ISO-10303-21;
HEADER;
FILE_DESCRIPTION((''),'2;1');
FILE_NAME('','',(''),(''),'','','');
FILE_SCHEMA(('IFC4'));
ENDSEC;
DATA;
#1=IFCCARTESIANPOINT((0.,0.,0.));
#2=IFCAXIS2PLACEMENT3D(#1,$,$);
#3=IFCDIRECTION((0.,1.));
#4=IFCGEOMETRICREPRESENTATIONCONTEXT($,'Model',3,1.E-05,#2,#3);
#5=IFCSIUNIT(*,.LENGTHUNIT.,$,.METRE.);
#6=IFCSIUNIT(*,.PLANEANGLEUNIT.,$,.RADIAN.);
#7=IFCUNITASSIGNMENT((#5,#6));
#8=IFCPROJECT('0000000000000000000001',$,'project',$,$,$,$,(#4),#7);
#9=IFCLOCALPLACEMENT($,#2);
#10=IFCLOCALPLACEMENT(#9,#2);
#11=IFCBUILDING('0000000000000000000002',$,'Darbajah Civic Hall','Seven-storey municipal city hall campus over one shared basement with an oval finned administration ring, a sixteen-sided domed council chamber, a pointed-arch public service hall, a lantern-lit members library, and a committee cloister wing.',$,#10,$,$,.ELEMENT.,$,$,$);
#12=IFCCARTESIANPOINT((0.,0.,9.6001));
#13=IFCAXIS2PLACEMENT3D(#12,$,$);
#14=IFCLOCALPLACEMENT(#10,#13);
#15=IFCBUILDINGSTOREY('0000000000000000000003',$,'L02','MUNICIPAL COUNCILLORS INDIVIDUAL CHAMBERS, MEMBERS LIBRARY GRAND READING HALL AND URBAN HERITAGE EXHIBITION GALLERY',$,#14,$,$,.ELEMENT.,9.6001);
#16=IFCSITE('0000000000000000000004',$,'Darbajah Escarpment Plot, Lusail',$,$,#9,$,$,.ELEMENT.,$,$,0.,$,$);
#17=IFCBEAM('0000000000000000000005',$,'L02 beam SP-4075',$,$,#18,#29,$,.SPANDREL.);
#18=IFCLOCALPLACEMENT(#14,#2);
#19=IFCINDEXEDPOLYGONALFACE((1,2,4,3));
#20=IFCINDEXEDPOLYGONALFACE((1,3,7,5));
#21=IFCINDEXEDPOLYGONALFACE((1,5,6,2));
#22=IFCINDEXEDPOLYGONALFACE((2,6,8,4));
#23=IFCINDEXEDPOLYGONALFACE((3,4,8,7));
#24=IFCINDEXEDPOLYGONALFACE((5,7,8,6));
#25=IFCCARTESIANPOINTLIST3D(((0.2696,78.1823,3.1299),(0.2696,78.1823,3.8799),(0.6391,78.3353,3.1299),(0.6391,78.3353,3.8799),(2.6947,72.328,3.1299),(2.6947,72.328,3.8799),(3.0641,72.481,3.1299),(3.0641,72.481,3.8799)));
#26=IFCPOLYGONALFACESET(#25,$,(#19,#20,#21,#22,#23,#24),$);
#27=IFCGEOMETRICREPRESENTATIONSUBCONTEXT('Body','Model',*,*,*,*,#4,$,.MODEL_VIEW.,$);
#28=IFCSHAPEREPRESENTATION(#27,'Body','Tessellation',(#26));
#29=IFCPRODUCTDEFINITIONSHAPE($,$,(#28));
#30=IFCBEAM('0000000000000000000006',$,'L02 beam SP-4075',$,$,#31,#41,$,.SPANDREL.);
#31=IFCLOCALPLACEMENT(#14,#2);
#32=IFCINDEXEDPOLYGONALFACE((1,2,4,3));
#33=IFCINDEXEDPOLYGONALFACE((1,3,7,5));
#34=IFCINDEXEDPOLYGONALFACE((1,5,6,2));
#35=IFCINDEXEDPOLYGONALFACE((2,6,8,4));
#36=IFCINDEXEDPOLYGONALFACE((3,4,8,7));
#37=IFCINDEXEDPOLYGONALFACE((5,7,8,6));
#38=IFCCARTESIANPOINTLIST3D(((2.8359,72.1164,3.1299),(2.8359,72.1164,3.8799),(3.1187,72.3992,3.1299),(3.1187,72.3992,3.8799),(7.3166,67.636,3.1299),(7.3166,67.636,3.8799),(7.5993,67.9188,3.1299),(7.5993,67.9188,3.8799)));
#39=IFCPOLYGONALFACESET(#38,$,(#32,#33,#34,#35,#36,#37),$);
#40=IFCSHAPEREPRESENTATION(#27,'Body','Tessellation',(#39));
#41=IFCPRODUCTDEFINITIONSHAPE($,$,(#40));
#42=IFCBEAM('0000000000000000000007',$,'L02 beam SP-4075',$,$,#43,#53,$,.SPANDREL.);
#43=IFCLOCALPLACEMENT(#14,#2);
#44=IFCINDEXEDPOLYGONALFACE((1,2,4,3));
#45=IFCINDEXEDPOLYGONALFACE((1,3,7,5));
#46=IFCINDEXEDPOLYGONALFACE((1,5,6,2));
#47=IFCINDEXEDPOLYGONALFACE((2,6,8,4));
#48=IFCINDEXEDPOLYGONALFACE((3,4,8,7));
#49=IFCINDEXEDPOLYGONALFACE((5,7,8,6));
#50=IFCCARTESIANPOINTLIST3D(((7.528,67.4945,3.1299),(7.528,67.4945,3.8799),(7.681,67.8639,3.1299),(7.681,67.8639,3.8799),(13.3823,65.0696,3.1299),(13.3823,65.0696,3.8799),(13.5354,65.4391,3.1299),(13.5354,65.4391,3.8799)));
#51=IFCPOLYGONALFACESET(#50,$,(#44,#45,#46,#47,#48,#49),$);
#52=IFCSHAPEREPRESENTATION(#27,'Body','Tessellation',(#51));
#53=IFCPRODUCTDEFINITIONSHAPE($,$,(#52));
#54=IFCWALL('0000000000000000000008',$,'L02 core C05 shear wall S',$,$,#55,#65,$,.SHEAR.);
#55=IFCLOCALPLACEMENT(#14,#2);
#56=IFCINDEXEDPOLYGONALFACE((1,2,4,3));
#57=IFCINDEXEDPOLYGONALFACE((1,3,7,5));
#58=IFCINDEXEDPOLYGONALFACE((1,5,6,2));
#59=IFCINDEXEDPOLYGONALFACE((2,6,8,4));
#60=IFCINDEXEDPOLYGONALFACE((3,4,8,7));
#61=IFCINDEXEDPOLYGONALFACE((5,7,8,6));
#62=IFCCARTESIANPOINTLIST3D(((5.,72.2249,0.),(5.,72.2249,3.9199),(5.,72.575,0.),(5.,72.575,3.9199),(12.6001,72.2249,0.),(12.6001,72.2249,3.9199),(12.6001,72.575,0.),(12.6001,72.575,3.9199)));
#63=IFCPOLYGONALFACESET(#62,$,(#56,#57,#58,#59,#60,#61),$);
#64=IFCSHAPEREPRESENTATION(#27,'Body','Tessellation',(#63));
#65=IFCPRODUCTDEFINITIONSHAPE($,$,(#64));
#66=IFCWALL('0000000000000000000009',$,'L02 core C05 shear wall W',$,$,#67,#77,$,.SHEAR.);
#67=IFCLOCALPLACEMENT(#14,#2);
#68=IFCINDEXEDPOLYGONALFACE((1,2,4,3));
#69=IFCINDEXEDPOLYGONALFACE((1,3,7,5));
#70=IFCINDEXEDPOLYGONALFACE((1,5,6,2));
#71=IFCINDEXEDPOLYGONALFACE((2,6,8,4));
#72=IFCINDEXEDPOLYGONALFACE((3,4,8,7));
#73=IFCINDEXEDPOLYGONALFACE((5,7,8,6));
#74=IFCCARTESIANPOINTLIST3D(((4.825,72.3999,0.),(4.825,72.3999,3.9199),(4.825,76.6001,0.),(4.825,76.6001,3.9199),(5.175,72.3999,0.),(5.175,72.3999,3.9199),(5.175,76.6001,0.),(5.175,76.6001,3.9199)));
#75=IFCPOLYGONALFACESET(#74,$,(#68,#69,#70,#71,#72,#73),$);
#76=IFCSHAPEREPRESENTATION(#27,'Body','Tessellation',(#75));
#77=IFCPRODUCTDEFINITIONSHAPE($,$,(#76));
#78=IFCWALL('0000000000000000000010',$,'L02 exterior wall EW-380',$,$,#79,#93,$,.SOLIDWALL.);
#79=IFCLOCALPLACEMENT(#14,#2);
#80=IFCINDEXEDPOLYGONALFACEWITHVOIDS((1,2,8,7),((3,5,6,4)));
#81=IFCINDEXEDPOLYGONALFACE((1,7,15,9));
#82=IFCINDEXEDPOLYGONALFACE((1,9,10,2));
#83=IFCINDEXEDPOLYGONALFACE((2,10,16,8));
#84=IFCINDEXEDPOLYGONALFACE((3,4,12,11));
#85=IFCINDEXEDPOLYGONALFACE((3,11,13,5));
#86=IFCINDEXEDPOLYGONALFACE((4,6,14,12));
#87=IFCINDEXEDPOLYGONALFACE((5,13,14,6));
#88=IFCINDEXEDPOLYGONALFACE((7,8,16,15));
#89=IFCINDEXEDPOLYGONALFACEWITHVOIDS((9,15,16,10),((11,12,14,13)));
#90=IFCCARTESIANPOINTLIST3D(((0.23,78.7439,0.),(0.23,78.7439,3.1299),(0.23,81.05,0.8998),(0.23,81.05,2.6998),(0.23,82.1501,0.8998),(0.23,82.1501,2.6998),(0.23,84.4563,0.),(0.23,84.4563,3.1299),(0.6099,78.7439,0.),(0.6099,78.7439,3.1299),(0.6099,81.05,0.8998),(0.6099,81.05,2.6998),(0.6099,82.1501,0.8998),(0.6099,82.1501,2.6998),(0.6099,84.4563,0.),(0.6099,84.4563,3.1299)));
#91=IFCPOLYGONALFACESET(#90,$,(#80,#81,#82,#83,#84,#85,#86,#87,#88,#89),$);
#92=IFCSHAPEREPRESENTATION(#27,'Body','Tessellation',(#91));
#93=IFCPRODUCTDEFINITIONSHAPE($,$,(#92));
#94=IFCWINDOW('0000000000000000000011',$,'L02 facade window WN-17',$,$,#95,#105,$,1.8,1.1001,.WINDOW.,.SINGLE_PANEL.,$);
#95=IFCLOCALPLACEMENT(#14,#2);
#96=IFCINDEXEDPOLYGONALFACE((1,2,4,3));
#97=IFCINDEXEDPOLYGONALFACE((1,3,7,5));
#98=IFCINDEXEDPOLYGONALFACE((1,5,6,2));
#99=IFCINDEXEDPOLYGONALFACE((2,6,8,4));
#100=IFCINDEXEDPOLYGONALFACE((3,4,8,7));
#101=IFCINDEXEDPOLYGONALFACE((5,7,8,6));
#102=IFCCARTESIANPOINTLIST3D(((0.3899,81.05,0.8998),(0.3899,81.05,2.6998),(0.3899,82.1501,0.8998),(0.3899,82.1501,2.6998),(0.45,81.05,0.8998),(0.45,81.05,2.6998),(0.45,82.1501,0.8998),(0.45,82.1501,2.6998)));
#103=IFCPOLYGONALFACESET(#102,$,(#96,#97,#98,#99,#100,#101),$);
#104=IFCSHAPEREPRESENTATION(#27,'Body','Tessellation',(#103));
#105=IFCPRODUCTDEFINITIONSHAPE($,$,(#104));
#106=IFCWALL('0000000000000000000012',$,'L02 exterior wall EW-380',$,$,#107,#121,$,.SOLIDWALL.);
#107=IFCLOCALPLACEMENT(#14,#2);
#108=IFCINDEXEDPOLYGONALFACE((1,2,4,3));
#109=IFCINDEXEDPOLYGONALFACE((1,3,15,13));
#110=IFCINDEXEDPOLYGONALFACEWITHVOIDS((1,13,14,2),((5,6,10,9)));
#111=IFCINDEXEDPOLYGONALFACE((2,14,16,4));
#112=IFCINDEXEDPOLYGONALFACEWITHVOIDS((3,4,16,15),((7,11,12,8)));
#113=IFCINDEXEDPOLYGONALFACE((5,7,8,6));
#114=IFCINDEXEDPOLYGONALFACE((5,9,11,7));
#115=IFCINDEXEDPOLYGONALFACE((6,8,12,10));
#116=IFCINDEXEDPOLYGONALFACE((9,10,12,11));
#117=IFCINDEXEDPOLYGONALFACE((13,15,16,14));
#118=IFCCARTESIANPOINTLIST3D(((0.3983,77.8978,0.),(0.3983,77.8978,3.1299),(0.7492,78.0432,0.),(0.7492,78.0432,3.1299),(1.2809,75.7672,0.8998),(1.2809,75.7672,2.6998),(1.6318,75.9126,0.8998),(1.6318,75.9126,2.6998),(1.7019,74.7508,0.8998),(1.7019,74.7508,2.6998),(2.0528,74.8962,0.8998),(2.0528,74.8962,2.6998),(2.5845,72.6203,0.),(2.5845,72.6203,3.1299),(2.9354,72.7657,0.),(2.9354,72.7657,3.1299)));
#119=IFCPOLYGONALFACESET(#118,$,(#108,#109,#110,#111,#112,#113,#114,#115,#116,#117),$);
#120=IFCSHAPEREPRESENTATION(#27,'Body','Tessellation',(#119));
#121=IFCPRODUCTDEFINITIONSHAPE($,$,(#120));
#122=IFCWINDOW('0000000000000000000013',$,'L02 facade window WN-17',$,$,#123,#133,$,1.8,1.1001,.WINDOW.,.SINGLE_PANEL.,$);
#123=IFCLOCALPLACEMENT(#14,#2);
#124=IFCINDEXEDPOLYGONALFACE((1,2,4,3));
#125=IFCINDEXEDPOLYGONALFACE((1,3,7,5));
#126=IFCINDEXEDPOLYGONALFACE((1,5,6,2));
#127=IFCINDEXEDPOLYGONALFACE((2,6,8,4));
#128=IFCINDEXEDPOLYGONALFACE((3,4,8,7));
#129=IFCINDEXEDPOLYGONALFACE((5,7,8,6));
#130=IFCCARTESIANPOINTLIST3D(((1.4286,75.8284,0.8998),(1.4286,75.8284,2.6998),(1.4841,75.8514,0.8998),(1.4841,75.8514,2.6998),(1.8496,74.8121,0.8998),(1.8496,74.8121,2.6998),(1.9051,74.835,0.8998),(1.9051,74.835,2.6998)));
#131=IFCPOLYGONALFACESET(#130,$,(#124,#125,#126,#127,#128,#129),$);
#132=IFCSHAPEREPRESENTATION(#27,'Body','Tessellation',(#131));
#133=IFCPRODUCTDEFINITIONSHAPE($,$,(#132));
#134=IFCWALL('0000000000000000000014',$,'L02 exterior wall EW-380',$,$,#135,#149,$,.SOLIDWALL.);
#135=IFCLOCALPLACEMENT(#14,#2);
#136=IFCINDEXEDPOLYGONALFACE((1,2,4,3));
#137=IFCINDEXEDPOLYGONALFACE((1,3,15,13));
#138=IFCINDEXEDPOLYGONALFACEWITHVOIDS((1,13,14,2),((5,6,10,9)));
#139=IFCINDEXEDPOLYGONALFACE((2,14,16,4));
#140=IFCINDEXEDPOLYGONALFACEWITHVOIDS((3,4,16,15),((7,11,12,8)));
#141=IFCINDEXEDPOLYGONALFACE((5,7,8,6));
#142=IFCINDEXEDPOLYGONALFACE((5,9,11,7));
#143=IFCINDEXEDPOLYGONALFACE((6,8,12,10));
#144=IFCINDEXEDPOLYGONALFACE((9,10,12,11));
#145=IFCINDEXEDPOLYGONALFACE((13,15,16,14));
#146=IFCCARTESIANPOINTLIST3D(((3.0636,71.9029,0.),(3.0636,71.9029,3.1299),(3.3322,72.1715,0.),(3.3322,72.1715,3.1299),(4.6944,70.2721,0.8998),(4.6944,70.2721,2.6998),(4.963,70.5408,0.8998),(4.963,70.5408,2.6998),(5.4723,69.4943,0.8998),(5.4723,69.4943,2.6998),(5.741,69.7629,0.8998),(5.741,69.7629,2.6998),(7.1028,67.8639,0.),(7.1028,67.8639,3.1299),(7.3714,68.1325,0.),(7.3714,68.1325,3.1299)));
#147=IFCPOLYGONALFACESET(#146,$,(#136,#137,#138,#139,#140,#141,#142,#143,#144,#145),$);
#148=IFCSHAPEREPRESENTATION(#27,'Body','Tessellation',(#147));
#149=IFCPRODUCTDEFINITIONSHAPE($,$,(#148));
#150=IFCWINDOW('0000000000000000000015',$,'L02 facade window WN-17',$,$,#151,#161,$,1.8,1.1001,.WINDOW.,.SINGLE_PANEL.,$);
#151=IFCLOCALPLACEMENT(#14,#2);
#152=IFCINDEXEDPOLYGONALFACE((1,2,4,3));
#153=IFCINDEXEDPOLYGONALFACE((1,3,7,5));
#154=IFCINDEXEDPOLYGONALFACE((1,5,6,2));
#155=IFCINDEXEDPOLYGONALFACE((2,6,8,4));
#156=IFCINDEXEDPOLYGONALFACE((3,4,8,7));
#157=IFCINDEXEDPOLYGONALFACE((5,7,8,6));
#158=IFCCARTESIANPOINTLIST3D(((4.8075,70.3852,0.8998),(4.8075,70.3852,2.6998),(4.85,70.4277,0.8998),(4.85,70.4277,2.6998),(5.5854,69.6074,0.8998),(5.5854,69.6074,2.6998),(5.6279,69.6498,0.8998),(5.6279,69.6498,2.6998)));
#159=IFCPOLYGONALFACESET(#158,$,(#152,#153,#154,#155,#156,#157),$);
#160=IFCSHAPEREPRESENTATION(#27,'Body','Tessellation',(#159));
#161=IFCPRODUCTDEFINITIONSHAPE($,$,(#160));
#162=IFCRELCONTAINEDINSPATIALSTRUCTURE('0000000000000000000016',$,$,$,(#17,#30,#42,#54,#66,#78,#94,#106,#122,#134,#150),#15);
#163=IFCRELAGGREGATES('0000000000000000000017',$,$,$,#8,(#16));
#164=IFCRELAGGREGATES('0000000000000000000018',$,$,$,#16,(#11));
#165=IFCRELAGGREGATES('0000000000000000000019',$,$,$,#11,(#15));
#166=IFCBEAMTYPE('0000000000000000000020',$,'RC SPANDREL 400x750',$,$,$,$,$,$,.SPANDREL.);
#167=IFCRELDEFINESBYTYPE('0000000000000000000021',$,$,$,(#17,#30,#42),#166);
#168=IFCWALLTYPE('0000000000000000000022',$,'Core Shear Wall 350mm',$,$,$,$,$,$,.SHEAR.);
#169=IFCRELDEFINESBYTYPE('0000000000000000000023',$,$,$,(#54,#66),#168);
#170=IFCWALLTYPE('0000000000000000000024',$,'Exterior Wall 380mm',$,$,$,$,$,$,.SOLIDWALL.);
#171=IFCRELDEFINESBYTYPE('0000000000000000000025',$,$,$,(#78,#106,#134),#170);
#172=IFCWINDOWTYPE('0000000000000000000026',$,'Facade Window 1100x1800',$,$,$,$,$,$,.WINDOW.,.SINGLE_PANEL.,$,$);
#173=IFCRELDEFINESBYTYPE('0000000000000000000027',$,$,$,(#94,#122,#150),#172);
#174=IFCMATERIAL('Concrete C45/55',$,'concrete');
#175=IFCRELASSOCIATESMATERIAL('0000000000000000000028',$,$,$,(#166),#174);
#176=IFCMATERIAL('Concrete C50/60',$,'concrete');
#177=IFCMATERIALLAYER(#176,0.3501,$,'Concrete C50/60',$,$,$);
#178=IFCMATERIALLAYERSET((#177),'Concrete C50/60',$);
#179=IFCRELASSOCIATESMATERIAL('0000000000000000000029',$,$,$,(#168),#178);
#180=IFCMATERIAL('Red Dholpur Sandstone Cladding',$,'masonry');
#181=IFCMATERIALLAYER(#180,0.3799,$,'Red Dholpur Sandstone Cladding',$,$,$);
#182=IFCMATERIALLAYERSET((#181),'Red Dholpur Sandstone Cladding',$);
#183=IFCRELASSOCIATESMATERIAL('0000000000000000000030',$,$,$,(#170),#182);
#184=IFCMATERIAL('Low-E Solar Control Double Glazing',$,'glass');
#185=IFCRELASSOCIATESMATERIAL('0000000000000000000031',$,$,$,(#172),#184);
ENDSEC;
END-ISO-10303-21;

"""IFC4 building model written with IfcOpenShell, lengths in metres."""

from ifc_helpers import new_model, si_unit, direction, frame, frame_2d, origin, origin_2d, place, context, subcontext, project, spatial, rectangle, extrude, material, layer, layer_set, material_profile, profile_set, type_object, element, fill, save


model = new_model("IFC4")

# Units and contexts
model_context = context("Model", 3, precision=1e-05, world=origin(), true_north=direction((0.0, 1.0)))
body_context = subcontext(model_context, "Body", "Model", "MODEL_VIEW")
ifc_project = project(units=[si_unit("LENGTHUNIT", "METRE"), si_unit("PLANEANGLEUNIT", "RADIAN")], contexts=[model_context])

# Site, building, storey
site_placement = place(None, origin())
site = spatial("IfcSite", under=ifc_project, at=site_placement, Name="Darbajah Escarpment Plot, Lusail", CompositionType="ELEMENT", RefElevation=0.0)
building_placement = place(site_placement, origin())
building = spatial("IfcBuilding", under=site, at=building_placement, Name="Darbajah Civic Hall", Description="Seven-storey municipal city hall campus over one shared basement with an oval finned administration ring, a sixteen-sided domed council chamber, a pointed-arch public service hall, a lantern-lit members library, and a committee cloister wing.", CompositionType="ELEMENT")
storey_placement = place(building_placement, frame((0.0, 0.0, 9.6001)))
storey = spatial("IfcBuildingStorey", under=building, at=storey_placement, Name="L02", Description="MUNICIPAL COUNCILLORS INDIVIDUAL CHAMBERS, MEMBERS LIBRARY GRAND READING HALL AND URBAN HERITAGE EXHIBITION GALLERY", CompositionType="ELEMENT", Elevation=9.6001)

# Shared definitions
ifc_material_1 = material(Name="Concrete C45/55", Category="concrete")
ifc_material_2 = material(Name="Concrete C50/60", Category="concrete")

# Beams
ifc_material_profile_1 = material_profile(ifc_material_1, rectangle(XDim=0.3999, YDim=0.75, at=origin_2d()), Name="RC SPANDREL 400x750")
ifc_profile_set_1 = profile_set([ifc_material_profile_1], Name="Concrete C45/55")
beam_type_1 = type_object("IfcBeamType", Name="RC SPANDREL 400x750", PredefinedType="SPANDREL", material=ifc_profile_set_1)
beam_1_placement = place(storey_placement, frame((0.4543, 78.2588, 3.5049), z_axis=(0.382702, -0.923872, 0.0), x_axis=(0.923872, 0.382702, 0.0)))
element("IfcBeam", 1, at=beam_1_placement, inside=storey, type_object=beam_type_1, Name="L02 beam SP-4075", PredefinedType="SPANDREL", context=body_context, shape_type="SweptSolid", body=[
    extrude(rectangle(XDim=0.3999, YDim=0.75, at=origin_2d()), origin(), (0.0, 0.0, 1.0), 6.3367),
])
beam_2_placement = place(storey_placement, frame((2.9773, 72.2578, 3.5049), z_axis=(0.707126, -0.707088, 0.0), x_axis=(0.707088, 0.707126, 0.0)))
element("IfcBeam", 2, at=beam_2_placement, inside=storey, type_object=beam_type_1, Name="L02 beam SP-4075", PredefinedType="SPANDREL", context=body_context, shape_type="SweptSolid", body=[
    extrude(rectangle(XDim=0.3999, YDim=0.75, at=origin_2d()), origin(), (0.0, 0.0, 1.0), 6.3364),
])
beam_3_placement = place(storey_placement, frame((7.6045, 67.6792, 3.5049), z_axis=(0.923885, -0.382669, 0.0), x_axis=(0.382669, 0.923885, 0.0)))
element("IfcBeam", 3, at=beam_3_placement, inside=storey, type_object=beam_type_1, Name="L02 beam SP-4075", PredefinedType="SPANDREL", context=body_context, shape_type="SweptSolid", body=[
    extrude(rectangle(XDim=0.3999, YDim=0.75, at=origin_2d()), origin(), (0.0, 0.0, 1.0), 6.3367),
])

# Walls
ifc_layer_1 = layer(ifc_material_2, 0.3501, Name="Concrete C50/60")
ifc_layer_set_1 = layer_set([ifc_layer_1], Name="Concrete C50/60")
wall_type_1 = type_object("IfcWallType", Name="Core Shear Wall 350mm", PredefinedType="SHEAR", material=ifc_layer_set_1)
wall_1_placement = place(storey_placement, frame((5.0, 72.3999, 0.0), z_axis=(0.0, 0.0, 1.0), x_axis=(1.0, 0.0, 0.0)))
element("IfcWall", 4, at=wall_1_placement, inside=storey, type_object=wall_type_1, Name="L02 core C05 shear wall S", PredefinedType="SHEAR", context=body_context, shape_type="SweptSolid", body=[
    extrude(rectangle(XDim=7.6001, YDim=0.3501, at=frame_2d((3.8, 0.0))), origin(), (0.0, 0.0, 1.0), 3.9199),
])
wall_2_placement = place(storey_placement, frame((5.0, 76.6001, 0.0), z_axis=(0.0, 0.0, 1.0), x_axis=(0.0, -1.0, 0.0)))
element("IfcWall", 5, at=wall_2_placement, inside=storey, type_object=wall_type_1, Name="L02 core C05 shear wall W", PredefinedType="SHEAR", context=body_context, shape_type="SweptSolid", body=[
    extrude(rectangle(XDim=4.2002, YDim=0.3501, at=frame_2d((2.1001, 0.0))), origin(), (0.0, 0.0, 1.0), 3.9199),
])

# Walls, openings, windows
ifc_material_3 = material(Name="Red Dholpur Sandstone Cladding", Category="masonry")
ifc_layer_2 = layer(ifc_material_3, 0.3799, Name="Red Dholpur Sandstone Cladding")
ifc_layer_set_2 = layer_set([ifc_layer_2], Name="Red Dholpur Sandstone Cladding")
wall_type_2 = type_object("IfcWallType", Name="Exterior Wall 380mm", PredefinedType="SOLIDWALL", material=ifc_layer_set_2)
wall_3_placement = place(storey_placement, frame((0.4199, 84.4563, 0.0), z_axis=(0.0, 0.0, 1.0), x_axis=(0.0, -1.0, 0.0)))
wall_3 = element("IfcWall", 6, at=wall_3_placement, inside=storey, type_object=wall_type_2, Name="L02 exterior wall EW-380", PredefinedType="SOLIDWALL", context=body_context, shape_type="SweptSolid", body=[
    extrude(rectangle(XDim=5.7124, YDim=0.3799, at=frame_2d((2.8562, 0.0))), origin(), (0.0, 0.0, 1.0), 3.1299),
])
opening_1_placement = place(wall_3_placement, frame((2.3062, 0.0, 0.8999)))
opening_1 = element("IfcOpeningElement", 7, at=opening_1_placement, cuts=wall_3, PredefinedType="OPENING", context=body_context, shape_type="SweptSolid", body=[
    extrude(rectangle(XDim=1.1001, YDim=1.8, at=frame_2d((0.55, 0.8999))), frame((0.0, 0.2, 0.0), z_axis=(0.0, -1.0, 0.0), x_axis=(1.0, 0.0, 0.0)), (0.0, 0.0, 1.0), 0.3999),
])
ifc_material_4 = material(Name="Low-E Solar Control Double Glazing", Category="glass")
window_type = type_object("IfcWindowType", Name="Facade Window 1100x1800", PartitioningType="SINGLE_PANEL", PredefinedType="WINDOW", material=ifc_material_4)
window_1_placement = place(opening_1_placement, origin())
window_1 = element("IfcWindow", 8, at=window_1_placement, inside=storey, type_object=window_type, Name="L02 facade window WN-17", OverallHeight=1.8, OverallWidth=1.1001, PartitioningType="SINGLE_PANEL", PredefinedType="WINDOW", context=body_context, shape_type="SweptSolid", body=[
    extrude(rectangle(XDim=1.1001, YDim=1.8, at=frame_2d((0.55, 0.8999))), frame((0.0, 0.03, 0.0), z_axis=(0.0, -1.0, 0.0), x_axis=(1.0, 0.0, 0.0)), (0.0, 0.0, 1.0), 0.0601),
])
fill(opening_1, window_1)
wall_4_placement = place(storey_placement, frame((0.5737, 77.9705, 0.0), z_axis=(0.0, 0.0, 1.0), x_axis=(0.382718, -0.923865, 0.0)))
wall_4 = element("IfcWall", 9, at=wall_4_placement, inside=storey, type_object=wall_type_2, Name="L02 exterior wall EW-380", PredefinedType="SOLIDWALL", context=body_context, shape_type="SweptSolid", body=[
    extrude(rectangle(XDim=5.7124, YDim=0.3799, at=frame_2d((2.8562, 0.0))), origin(), (0.0, 0.0, 1.0), 3.1299),
])
opening_2_placement = place(wall_4_placement, frame((2.3062, 0.0, 0.8999)))
opening_2 = element("IfcOpeningElement", 10, at=opening_2_placement, cuts=wall_4, PredefinedType="OPENING", context=body_context, shape_type="SweptSolid", body=[
    extrude(rectangle(XDim=1.1001, YDim=1.8, at=frame_2d((0.55, 0.8999))), frame((0.0, 0.2, 0.0), z_axis=(0.0, -1.0, 0.0), x_axis=(1.0, 0.0, 0.0)), (0.0, 0.0, 1.0), 0.3999),
])
window_2_placement = place(opening_2_placement, origin())
window_2 = element("IfcWindow", 11, at=window_2_placement, inside=storey, type_object=window_type, Name="L02 facade window WN-17", OverallHeight=1.8, OverallWidth=1.1001, PartitioningType="SINGLE_PANEL", PredefinedType="WINDOW", context=body_context, shape_type="SweptSolid", body=[
    extrude(rectangle(XDim=1.1001, YDim=1.8, at=frame_2d((0.55, 0.8999))), frame((0.0, 0.03, 0.0), z_axis=(0.0, -1.0, 0.0), x_axis=(1.0, 0.0, 0.0)), (0.0, 0.0, 1.0), 0.0601),
])
fill(opening_2, window_2)
wall_5_placement = place(storey_placement, frame((3.198, 72.0371, 0.0), z_axis=(0.0, 0.0, 1.0), x_axis=(0.707128, -0.707085, 0.0)))
wall_5 = element("IfcWall", 12, at=wall_5_placement, inside=storey, type_object=wall_type_2, Name="L02 exterior wall EW-380", PredefinedType="SOLIDWALL", context=body_context, shape_type="SweptSolid", body=[
    extrude(rectangle(XDim=5.7122, YDim=0.3799, at=frame_2d((2.856, 0.0))), origin(), (0.0, 0.0, 1.0), 3.1299),
])
opening_3_placement = place(wall_5_placement, frame((2.3062, 0.0, 0.8999)))
opening_3 = element("IfcOpeningElement", 13, at=opening_3_placement, cuts=wall_5, PredefinedType="OPENING", context=body_context, shape_type="SweptSolid", body=[
    extrude(rectangle(XDim=1.1001, YDim=1.8, at=frame_2d((0.55, 0.8999))), frame((0.0, 0.2, 0.0), z_axis=(0.0, -1.0, 0.0), x_axis=(1.0, 0.0, 0.0)), (0.0, 0.0, 1.0), 0.3999),
])
window_3_placement = place(opening_3_placement, origin())
window_3 = element("IfcWindow", 14, at=window_3_placement, inside=storey, type_object=window_type, Name="L02 facade window WN-17", OverallHeight=1.8, OverallWidth=1.1001, PartitioningType="SINGLE_PANEL", PredefinedType="WINDOW", context=body_context, shape_type="SweptSolid", body=[
    extrude(rectangle(XDim=1.1001, YDim=1.8, at=frame_2d((0.55, 0.8999))), frame((0.0, 0.03, 0.0), z_axis=(0.0, -1.0, 0.0), x_axis=(1.0, 0.0, 0.0)), (0.0, 0.0, 1.0), 0.0601),
])
fill(opening_3, window_3)

save(model, "model.ifc")
